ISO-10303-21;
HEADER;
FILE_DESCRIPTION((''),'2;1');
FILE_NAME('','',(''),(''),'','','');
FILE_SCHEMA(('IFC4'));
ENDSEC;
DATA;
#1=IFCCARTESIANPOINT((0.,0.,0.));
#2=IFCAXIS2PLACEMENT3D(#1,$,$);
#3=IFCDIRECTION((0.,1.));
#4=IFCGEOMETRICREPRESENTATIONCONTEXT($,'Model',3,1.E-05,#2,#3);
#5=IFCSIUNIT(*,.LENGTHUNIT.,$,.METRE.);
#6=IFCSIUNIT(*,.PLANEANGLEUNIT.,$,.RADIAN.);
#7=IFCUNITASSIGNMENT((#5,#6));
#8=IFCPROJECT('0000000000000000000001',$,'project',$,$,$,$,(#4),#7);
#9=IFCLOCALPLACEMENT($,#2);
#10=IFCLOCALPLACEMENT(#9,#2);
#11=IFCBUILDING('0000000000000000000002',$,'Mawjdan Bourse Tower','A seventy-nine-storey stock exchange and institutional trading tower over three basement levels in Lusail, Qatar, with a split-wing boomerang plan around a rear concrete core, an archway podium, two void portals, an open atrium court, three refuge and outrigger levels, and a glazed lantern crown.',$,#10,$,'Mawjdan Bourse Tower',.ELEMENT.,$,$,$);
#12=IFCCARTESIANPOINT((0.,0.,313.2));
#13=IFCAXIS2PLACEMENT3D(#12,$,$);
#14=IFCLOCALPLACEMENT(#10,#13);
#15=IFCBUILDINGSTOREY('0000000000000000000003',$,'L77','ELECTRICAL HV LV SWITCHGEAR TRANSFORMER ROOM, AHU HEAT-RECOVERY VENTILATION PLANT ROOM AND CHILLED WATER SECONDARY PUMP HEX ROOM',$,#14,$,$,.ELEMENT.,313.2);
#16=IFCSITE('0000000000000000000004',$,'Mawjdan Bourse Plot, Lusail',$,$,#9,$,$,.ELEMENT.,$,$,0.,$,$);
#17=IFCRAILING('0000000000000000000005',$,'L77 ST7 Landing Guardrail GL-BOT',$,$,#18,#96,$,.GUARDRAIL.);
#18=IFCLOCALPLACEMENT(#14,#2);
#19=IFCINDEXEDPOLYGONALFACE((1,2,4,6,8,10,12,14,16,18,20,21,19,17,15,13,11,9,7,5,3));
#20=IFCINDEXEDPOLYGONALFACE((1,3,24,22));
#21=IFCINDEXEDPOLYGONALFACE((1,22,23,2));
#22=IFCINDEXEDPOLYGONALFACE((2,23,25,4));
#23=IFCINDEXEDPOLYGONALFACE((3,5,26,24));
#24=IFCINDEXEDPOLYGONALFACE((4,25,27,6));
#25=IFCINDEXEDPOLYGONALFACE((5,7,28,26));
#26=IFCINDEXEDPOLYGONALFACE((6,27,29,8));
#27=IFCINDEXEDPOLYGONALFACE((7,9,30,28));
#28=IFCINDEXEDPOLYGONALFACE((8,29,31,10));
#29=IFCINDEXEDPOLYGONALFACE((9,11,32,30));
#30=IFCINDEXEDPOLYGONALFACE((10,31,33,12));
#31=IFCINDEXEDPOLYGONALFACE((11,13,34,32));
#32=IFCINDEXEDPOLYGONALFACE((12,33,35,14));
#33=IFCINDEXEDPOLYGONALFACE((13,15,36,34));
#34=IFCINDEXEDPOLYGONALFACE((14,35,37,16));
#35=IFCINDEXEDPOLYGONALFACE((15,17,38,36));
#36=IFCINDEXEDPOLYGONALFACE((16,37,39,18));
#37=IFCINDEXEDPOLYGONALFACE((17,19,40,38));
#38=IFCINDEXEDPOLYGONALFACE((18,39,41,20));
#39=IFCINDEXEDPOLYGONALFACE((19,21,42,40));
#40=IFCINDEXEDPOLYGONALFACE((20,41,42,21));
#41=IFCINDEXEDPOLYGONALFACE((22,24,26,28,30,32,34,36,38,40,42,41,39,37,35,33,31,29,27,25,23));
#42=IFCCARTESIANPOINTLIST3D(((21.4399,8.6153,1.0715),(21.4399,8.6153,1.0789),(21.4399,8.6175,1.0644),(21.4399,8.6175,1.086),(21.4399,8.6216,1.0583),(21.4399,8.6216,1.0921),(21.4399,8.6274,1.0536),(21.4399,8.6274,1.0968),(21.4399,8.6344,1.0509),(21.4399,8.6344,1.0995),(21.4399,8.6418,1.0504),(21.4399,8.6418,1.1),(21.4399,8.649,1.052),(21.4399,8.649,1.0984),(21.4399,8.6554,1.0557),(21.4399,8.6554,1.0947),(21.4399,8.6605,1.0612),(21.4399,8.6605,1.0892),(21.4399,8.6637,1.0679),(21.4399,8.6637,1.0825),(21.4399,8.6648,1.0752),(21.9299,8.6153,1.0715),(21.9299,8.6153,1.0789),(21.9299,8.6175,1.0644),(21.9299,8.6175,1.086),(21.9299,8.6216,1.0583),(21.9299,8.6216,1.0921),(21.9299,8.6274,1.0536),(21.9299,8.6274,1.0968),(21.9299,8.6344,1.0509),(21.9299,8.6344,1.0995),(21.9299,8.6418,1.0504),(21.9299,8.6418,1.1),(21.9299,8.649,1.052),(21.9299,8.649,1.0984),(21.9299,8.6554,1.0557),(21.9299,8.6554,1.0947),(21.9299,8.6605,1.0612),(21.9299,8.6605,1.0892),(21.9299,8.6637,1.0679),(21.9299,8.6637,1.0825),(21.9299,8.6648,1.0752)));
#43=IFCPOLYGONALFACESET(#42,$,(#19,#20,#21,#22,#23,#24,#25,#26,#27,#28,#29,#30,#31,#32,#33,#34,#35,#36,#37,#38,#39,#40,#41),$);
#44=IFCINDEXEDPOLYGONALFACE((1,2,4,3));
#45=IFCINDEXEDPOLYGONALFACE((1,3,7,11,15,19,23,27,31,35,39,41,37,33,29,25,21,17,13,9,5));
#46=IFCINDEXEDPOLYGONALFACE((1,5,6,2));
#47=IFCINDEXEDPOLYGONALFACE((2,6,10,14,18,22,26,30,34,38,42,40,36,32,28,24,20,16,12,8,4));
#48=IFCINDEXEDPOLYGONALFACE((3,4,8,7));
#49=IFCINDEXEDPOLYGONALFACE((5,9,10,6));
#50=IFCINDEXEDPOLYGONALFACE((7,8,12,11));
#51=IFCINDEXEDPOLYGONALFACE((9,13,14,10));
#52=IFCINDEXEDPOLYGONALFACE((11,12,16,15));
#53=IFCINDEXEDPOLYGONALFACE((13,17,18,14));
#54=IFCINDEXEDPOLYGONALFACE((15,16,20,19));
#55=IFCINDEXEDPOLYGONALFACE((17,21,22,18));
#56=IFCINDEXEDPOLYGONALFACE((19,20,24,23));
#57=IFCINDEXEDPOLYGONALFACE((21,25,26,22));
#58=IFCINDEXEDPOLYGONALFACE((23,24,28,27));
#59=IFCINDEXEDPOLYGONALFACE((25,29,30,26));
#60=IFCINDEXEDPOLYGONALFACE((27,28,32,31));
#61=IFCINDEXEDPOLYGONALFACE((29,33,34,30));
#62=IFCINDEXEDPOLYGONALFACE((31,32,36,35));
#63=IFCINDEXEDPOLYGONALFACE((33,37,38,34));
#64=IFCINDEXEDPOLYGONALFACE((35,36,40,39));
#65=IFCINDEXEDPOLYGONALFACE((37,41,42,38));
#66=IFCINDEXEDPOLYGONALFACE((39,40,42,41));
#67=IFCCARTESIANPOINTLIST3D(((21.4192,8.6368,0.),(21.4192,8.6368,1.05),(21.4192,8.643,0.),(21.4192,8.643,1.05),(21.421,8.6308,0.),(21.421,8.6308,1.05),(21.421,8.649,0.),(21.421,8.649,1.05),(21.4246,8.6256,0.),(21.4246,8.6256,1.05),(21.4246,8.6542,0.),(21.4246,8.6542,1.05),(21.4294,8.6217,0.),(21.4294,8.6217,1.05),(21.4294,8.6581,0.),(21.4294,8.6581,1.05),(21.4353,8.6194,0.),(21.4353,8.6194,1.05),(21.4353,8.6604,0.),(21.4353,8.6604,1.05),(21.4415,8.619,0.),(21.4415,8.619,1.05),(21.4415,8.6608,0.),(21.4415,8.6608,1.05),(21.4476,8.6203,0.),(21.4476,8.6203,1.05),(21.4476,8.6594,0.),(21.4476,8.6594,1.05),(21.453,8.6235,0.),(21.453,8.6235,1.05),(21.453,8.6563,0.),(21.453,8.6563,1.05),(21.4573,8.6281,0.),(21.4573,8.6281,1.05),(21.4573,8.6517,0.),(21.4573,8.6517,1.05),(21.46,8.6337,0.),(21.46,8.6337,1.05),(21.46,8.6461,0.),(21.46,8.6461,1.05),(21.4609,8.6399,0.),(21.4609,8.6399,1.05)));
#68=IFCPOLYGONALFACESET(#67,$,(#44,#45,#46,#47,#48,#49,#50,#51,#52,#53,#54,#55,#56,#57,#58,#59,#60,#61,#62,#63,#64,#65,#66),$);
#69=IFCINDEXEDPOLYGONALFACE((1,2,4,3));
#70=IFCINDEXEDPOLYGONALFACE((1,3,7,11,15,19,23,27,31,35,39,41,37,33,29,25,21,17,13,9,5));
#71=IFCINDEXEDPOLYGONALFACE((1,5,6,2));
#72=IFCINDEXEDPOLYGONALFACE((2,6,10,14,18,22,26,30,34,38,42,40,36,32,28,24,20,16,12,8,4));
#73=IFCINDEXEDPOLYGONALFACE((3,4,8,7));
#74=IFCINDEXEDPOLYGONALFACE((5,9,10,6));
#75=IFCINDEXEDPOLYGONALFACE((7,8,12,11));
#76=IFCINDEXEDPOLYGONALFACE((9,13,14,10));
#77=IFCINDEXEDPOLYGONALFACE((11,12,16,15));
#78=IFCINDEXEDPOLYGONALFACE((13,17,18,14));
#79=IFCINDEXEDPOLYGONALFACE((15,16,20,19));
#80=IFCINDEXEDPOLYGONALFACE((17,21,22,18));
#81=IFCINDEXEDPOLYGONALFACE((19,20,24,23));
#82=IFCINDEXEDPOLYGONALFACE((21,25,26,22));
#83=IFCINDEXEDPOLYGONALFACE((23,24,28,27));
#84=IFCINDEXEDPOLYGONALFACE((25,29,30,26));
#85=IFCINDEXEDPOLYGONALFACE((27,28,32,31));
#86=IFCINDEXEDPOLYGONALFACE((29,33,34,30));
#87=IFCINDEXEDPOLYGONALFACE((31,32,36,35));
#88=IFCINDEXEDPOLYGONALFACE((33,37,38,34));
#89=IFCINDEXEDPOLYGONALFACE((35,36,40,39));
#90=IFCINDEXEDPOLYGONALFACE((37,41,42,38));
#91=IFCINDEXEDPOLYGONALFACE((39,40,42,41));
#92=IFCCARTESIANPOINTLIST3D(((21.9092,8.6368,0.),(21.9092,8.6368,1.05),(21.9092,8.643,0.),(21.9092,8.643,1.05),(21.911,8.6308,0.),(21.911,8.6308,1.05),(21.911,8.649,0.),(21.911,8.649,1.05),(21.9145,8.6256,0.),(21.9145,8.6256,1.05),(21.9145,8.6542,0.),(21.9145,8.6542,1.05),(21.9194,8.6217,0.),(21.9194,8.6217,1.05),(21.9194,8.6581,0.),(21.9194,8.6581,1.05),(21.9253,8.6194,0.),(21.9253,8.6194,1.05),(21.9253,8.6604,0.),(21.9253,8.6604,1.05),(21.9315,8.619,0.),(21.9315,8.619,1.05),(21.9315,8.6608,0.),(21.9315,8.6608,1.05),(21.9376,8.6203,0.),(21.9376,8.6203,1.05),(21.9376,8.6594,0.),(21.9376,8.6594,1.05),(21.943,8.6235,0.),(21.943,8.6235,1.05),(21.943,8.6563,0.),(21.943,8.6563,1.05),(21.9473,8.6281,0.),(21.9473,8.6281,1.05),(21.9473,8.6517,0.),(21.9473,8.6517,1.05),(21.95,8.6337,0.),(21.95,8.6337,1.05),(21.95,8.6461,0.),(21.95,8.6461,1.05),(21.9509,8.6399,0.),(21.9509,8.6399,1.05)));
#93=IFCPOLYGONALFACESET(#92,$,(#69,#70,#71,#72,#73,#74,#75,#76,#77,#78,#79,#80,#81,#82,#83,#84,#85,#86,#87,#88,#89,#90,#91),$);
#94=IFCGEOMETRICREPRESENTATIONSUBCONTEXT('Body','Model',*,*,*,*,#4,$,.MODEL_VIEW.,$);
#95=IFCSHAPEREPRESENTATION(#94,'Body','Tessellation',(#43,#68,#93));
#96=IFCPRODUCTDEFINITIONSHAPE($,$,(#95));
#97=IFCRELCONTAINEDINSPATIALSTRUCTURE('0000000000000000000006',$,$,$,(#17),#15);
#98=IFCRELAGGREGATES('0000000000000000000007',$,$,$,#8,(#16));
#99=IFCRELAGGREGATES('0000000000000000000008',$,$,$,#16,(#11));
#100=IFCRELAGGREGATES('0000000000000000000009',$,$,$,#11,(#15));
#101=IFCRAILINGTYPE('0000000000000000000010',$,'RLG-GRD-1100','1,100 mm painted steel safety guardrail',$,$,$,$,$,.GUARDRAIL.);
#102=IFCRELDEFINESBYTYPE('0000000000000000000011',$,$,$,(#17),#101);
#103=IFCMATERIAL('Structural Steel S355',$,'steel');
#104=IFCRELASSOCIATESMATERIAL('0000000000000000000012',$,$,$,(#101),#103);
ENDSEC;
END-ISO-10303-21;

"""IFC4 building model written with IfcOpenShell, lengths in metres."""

from ifc_helpers import new_model, si_unit, direction, frame, origin, origin_2d, place, context, subcontext, project, spatial, circle, extrude, material, type_object, element, save


model = new_model("IFC4")

# Units and contexts
model_context = context("Model", 3, precision=1e-05, world=origin(), true_north=direction((0.0, 1.0)))
body_context = subcontext(model_context, "Body", "Model", "MODEL_VIEW")
ifc_project = project(units=[si_unit("LENGTHUNIT", "METRE"), si_unit("PLANEANGLEUNIT", "RADIAN")], contexts=[model_context])

# Site, building, storey
site_placement = place(None, origin())
site = spatial("IfcSite", under=ifc_project, at=site_placement, Name="Mawjdan Bourse Plot, Lusail", CompositionType="ELEMENT", RefElevation=0.0)
building_placement = place(site_placement, origin())
building = spatial("IfcBuilding", under=site, at=building_placement, Name="Mawjdan Bourse Tower", Description="A seventy-nine-storey stock exchange and institutional trading tower over three basement levels in Lusail, Qatar, with a split-wing boomerang plan around a rear concrete core, an archway podium, two void portals, an open atrium court, three refuge and outrigger levels, and a glazed lantern crown.", LongName="Mawjdan Bourse Tower", CompositionType="ELEMENT")
storey_placement = place(building_placement, frame((0.0, 0.0, 313.2)))
storey = spatial("IfcBuildingStorey", under=building, at=storey_placement, Name="L77", Description="ELECTRICAL HV LV SWITCHGEAR TRANSFORMER ROOM, AHU HEAT-RECOVERY VENTILATION PLANT ROOM AND CHILLED WATER SECONDARY PUMP HEX ROOM", CompositionType="ELEMENT", Elevation=313.2)

# Shared definitions
ifc_material_1 = material(Name="Structural Steel S355", Category="steel")

# Railing
railing_type_1 = type_object("IfcRailingType", Name="RLG-GRD-1100", Description="1,100 mm painted steel safety guardrail", PredefinedType="GUARDRAIL", material=ifc_material_1)
for number, where, name in (
    (1, (21.4399, 8.6399, 0.0), "L77 ST7 Landing Guardrail GL-BOT"),
):
    element("IfcRailing", number, at=place(storey_placement, frame(where)), inside=storey, type_object=railing_type_1, Name=name, PredefinedType="GUARDRAIL", context=body_context, shape_type="SweptSolid", body=[
        extrude(circle(Radius=0.0249, at=origin_2d()), frame((0.0, 0.0, 1.0752), z_axis=(1.0, 0.0, 0.0), x_axis=(0.0, 1.0, 0.0)), (0.0, 0.0, 1.0), 0.49),
        extrude(circle(Radius=0.021, at=origin_2d()), origin(), (0.0, 0.0, 1.0), 1.05),
        extrude(circle(Radius=0.021, at=origin_2d()), frame((0.49, 0.0, 0.0)), (0.0, 0.0, 1.0), 1.05),
    ])

save(model, "model.ifc")
